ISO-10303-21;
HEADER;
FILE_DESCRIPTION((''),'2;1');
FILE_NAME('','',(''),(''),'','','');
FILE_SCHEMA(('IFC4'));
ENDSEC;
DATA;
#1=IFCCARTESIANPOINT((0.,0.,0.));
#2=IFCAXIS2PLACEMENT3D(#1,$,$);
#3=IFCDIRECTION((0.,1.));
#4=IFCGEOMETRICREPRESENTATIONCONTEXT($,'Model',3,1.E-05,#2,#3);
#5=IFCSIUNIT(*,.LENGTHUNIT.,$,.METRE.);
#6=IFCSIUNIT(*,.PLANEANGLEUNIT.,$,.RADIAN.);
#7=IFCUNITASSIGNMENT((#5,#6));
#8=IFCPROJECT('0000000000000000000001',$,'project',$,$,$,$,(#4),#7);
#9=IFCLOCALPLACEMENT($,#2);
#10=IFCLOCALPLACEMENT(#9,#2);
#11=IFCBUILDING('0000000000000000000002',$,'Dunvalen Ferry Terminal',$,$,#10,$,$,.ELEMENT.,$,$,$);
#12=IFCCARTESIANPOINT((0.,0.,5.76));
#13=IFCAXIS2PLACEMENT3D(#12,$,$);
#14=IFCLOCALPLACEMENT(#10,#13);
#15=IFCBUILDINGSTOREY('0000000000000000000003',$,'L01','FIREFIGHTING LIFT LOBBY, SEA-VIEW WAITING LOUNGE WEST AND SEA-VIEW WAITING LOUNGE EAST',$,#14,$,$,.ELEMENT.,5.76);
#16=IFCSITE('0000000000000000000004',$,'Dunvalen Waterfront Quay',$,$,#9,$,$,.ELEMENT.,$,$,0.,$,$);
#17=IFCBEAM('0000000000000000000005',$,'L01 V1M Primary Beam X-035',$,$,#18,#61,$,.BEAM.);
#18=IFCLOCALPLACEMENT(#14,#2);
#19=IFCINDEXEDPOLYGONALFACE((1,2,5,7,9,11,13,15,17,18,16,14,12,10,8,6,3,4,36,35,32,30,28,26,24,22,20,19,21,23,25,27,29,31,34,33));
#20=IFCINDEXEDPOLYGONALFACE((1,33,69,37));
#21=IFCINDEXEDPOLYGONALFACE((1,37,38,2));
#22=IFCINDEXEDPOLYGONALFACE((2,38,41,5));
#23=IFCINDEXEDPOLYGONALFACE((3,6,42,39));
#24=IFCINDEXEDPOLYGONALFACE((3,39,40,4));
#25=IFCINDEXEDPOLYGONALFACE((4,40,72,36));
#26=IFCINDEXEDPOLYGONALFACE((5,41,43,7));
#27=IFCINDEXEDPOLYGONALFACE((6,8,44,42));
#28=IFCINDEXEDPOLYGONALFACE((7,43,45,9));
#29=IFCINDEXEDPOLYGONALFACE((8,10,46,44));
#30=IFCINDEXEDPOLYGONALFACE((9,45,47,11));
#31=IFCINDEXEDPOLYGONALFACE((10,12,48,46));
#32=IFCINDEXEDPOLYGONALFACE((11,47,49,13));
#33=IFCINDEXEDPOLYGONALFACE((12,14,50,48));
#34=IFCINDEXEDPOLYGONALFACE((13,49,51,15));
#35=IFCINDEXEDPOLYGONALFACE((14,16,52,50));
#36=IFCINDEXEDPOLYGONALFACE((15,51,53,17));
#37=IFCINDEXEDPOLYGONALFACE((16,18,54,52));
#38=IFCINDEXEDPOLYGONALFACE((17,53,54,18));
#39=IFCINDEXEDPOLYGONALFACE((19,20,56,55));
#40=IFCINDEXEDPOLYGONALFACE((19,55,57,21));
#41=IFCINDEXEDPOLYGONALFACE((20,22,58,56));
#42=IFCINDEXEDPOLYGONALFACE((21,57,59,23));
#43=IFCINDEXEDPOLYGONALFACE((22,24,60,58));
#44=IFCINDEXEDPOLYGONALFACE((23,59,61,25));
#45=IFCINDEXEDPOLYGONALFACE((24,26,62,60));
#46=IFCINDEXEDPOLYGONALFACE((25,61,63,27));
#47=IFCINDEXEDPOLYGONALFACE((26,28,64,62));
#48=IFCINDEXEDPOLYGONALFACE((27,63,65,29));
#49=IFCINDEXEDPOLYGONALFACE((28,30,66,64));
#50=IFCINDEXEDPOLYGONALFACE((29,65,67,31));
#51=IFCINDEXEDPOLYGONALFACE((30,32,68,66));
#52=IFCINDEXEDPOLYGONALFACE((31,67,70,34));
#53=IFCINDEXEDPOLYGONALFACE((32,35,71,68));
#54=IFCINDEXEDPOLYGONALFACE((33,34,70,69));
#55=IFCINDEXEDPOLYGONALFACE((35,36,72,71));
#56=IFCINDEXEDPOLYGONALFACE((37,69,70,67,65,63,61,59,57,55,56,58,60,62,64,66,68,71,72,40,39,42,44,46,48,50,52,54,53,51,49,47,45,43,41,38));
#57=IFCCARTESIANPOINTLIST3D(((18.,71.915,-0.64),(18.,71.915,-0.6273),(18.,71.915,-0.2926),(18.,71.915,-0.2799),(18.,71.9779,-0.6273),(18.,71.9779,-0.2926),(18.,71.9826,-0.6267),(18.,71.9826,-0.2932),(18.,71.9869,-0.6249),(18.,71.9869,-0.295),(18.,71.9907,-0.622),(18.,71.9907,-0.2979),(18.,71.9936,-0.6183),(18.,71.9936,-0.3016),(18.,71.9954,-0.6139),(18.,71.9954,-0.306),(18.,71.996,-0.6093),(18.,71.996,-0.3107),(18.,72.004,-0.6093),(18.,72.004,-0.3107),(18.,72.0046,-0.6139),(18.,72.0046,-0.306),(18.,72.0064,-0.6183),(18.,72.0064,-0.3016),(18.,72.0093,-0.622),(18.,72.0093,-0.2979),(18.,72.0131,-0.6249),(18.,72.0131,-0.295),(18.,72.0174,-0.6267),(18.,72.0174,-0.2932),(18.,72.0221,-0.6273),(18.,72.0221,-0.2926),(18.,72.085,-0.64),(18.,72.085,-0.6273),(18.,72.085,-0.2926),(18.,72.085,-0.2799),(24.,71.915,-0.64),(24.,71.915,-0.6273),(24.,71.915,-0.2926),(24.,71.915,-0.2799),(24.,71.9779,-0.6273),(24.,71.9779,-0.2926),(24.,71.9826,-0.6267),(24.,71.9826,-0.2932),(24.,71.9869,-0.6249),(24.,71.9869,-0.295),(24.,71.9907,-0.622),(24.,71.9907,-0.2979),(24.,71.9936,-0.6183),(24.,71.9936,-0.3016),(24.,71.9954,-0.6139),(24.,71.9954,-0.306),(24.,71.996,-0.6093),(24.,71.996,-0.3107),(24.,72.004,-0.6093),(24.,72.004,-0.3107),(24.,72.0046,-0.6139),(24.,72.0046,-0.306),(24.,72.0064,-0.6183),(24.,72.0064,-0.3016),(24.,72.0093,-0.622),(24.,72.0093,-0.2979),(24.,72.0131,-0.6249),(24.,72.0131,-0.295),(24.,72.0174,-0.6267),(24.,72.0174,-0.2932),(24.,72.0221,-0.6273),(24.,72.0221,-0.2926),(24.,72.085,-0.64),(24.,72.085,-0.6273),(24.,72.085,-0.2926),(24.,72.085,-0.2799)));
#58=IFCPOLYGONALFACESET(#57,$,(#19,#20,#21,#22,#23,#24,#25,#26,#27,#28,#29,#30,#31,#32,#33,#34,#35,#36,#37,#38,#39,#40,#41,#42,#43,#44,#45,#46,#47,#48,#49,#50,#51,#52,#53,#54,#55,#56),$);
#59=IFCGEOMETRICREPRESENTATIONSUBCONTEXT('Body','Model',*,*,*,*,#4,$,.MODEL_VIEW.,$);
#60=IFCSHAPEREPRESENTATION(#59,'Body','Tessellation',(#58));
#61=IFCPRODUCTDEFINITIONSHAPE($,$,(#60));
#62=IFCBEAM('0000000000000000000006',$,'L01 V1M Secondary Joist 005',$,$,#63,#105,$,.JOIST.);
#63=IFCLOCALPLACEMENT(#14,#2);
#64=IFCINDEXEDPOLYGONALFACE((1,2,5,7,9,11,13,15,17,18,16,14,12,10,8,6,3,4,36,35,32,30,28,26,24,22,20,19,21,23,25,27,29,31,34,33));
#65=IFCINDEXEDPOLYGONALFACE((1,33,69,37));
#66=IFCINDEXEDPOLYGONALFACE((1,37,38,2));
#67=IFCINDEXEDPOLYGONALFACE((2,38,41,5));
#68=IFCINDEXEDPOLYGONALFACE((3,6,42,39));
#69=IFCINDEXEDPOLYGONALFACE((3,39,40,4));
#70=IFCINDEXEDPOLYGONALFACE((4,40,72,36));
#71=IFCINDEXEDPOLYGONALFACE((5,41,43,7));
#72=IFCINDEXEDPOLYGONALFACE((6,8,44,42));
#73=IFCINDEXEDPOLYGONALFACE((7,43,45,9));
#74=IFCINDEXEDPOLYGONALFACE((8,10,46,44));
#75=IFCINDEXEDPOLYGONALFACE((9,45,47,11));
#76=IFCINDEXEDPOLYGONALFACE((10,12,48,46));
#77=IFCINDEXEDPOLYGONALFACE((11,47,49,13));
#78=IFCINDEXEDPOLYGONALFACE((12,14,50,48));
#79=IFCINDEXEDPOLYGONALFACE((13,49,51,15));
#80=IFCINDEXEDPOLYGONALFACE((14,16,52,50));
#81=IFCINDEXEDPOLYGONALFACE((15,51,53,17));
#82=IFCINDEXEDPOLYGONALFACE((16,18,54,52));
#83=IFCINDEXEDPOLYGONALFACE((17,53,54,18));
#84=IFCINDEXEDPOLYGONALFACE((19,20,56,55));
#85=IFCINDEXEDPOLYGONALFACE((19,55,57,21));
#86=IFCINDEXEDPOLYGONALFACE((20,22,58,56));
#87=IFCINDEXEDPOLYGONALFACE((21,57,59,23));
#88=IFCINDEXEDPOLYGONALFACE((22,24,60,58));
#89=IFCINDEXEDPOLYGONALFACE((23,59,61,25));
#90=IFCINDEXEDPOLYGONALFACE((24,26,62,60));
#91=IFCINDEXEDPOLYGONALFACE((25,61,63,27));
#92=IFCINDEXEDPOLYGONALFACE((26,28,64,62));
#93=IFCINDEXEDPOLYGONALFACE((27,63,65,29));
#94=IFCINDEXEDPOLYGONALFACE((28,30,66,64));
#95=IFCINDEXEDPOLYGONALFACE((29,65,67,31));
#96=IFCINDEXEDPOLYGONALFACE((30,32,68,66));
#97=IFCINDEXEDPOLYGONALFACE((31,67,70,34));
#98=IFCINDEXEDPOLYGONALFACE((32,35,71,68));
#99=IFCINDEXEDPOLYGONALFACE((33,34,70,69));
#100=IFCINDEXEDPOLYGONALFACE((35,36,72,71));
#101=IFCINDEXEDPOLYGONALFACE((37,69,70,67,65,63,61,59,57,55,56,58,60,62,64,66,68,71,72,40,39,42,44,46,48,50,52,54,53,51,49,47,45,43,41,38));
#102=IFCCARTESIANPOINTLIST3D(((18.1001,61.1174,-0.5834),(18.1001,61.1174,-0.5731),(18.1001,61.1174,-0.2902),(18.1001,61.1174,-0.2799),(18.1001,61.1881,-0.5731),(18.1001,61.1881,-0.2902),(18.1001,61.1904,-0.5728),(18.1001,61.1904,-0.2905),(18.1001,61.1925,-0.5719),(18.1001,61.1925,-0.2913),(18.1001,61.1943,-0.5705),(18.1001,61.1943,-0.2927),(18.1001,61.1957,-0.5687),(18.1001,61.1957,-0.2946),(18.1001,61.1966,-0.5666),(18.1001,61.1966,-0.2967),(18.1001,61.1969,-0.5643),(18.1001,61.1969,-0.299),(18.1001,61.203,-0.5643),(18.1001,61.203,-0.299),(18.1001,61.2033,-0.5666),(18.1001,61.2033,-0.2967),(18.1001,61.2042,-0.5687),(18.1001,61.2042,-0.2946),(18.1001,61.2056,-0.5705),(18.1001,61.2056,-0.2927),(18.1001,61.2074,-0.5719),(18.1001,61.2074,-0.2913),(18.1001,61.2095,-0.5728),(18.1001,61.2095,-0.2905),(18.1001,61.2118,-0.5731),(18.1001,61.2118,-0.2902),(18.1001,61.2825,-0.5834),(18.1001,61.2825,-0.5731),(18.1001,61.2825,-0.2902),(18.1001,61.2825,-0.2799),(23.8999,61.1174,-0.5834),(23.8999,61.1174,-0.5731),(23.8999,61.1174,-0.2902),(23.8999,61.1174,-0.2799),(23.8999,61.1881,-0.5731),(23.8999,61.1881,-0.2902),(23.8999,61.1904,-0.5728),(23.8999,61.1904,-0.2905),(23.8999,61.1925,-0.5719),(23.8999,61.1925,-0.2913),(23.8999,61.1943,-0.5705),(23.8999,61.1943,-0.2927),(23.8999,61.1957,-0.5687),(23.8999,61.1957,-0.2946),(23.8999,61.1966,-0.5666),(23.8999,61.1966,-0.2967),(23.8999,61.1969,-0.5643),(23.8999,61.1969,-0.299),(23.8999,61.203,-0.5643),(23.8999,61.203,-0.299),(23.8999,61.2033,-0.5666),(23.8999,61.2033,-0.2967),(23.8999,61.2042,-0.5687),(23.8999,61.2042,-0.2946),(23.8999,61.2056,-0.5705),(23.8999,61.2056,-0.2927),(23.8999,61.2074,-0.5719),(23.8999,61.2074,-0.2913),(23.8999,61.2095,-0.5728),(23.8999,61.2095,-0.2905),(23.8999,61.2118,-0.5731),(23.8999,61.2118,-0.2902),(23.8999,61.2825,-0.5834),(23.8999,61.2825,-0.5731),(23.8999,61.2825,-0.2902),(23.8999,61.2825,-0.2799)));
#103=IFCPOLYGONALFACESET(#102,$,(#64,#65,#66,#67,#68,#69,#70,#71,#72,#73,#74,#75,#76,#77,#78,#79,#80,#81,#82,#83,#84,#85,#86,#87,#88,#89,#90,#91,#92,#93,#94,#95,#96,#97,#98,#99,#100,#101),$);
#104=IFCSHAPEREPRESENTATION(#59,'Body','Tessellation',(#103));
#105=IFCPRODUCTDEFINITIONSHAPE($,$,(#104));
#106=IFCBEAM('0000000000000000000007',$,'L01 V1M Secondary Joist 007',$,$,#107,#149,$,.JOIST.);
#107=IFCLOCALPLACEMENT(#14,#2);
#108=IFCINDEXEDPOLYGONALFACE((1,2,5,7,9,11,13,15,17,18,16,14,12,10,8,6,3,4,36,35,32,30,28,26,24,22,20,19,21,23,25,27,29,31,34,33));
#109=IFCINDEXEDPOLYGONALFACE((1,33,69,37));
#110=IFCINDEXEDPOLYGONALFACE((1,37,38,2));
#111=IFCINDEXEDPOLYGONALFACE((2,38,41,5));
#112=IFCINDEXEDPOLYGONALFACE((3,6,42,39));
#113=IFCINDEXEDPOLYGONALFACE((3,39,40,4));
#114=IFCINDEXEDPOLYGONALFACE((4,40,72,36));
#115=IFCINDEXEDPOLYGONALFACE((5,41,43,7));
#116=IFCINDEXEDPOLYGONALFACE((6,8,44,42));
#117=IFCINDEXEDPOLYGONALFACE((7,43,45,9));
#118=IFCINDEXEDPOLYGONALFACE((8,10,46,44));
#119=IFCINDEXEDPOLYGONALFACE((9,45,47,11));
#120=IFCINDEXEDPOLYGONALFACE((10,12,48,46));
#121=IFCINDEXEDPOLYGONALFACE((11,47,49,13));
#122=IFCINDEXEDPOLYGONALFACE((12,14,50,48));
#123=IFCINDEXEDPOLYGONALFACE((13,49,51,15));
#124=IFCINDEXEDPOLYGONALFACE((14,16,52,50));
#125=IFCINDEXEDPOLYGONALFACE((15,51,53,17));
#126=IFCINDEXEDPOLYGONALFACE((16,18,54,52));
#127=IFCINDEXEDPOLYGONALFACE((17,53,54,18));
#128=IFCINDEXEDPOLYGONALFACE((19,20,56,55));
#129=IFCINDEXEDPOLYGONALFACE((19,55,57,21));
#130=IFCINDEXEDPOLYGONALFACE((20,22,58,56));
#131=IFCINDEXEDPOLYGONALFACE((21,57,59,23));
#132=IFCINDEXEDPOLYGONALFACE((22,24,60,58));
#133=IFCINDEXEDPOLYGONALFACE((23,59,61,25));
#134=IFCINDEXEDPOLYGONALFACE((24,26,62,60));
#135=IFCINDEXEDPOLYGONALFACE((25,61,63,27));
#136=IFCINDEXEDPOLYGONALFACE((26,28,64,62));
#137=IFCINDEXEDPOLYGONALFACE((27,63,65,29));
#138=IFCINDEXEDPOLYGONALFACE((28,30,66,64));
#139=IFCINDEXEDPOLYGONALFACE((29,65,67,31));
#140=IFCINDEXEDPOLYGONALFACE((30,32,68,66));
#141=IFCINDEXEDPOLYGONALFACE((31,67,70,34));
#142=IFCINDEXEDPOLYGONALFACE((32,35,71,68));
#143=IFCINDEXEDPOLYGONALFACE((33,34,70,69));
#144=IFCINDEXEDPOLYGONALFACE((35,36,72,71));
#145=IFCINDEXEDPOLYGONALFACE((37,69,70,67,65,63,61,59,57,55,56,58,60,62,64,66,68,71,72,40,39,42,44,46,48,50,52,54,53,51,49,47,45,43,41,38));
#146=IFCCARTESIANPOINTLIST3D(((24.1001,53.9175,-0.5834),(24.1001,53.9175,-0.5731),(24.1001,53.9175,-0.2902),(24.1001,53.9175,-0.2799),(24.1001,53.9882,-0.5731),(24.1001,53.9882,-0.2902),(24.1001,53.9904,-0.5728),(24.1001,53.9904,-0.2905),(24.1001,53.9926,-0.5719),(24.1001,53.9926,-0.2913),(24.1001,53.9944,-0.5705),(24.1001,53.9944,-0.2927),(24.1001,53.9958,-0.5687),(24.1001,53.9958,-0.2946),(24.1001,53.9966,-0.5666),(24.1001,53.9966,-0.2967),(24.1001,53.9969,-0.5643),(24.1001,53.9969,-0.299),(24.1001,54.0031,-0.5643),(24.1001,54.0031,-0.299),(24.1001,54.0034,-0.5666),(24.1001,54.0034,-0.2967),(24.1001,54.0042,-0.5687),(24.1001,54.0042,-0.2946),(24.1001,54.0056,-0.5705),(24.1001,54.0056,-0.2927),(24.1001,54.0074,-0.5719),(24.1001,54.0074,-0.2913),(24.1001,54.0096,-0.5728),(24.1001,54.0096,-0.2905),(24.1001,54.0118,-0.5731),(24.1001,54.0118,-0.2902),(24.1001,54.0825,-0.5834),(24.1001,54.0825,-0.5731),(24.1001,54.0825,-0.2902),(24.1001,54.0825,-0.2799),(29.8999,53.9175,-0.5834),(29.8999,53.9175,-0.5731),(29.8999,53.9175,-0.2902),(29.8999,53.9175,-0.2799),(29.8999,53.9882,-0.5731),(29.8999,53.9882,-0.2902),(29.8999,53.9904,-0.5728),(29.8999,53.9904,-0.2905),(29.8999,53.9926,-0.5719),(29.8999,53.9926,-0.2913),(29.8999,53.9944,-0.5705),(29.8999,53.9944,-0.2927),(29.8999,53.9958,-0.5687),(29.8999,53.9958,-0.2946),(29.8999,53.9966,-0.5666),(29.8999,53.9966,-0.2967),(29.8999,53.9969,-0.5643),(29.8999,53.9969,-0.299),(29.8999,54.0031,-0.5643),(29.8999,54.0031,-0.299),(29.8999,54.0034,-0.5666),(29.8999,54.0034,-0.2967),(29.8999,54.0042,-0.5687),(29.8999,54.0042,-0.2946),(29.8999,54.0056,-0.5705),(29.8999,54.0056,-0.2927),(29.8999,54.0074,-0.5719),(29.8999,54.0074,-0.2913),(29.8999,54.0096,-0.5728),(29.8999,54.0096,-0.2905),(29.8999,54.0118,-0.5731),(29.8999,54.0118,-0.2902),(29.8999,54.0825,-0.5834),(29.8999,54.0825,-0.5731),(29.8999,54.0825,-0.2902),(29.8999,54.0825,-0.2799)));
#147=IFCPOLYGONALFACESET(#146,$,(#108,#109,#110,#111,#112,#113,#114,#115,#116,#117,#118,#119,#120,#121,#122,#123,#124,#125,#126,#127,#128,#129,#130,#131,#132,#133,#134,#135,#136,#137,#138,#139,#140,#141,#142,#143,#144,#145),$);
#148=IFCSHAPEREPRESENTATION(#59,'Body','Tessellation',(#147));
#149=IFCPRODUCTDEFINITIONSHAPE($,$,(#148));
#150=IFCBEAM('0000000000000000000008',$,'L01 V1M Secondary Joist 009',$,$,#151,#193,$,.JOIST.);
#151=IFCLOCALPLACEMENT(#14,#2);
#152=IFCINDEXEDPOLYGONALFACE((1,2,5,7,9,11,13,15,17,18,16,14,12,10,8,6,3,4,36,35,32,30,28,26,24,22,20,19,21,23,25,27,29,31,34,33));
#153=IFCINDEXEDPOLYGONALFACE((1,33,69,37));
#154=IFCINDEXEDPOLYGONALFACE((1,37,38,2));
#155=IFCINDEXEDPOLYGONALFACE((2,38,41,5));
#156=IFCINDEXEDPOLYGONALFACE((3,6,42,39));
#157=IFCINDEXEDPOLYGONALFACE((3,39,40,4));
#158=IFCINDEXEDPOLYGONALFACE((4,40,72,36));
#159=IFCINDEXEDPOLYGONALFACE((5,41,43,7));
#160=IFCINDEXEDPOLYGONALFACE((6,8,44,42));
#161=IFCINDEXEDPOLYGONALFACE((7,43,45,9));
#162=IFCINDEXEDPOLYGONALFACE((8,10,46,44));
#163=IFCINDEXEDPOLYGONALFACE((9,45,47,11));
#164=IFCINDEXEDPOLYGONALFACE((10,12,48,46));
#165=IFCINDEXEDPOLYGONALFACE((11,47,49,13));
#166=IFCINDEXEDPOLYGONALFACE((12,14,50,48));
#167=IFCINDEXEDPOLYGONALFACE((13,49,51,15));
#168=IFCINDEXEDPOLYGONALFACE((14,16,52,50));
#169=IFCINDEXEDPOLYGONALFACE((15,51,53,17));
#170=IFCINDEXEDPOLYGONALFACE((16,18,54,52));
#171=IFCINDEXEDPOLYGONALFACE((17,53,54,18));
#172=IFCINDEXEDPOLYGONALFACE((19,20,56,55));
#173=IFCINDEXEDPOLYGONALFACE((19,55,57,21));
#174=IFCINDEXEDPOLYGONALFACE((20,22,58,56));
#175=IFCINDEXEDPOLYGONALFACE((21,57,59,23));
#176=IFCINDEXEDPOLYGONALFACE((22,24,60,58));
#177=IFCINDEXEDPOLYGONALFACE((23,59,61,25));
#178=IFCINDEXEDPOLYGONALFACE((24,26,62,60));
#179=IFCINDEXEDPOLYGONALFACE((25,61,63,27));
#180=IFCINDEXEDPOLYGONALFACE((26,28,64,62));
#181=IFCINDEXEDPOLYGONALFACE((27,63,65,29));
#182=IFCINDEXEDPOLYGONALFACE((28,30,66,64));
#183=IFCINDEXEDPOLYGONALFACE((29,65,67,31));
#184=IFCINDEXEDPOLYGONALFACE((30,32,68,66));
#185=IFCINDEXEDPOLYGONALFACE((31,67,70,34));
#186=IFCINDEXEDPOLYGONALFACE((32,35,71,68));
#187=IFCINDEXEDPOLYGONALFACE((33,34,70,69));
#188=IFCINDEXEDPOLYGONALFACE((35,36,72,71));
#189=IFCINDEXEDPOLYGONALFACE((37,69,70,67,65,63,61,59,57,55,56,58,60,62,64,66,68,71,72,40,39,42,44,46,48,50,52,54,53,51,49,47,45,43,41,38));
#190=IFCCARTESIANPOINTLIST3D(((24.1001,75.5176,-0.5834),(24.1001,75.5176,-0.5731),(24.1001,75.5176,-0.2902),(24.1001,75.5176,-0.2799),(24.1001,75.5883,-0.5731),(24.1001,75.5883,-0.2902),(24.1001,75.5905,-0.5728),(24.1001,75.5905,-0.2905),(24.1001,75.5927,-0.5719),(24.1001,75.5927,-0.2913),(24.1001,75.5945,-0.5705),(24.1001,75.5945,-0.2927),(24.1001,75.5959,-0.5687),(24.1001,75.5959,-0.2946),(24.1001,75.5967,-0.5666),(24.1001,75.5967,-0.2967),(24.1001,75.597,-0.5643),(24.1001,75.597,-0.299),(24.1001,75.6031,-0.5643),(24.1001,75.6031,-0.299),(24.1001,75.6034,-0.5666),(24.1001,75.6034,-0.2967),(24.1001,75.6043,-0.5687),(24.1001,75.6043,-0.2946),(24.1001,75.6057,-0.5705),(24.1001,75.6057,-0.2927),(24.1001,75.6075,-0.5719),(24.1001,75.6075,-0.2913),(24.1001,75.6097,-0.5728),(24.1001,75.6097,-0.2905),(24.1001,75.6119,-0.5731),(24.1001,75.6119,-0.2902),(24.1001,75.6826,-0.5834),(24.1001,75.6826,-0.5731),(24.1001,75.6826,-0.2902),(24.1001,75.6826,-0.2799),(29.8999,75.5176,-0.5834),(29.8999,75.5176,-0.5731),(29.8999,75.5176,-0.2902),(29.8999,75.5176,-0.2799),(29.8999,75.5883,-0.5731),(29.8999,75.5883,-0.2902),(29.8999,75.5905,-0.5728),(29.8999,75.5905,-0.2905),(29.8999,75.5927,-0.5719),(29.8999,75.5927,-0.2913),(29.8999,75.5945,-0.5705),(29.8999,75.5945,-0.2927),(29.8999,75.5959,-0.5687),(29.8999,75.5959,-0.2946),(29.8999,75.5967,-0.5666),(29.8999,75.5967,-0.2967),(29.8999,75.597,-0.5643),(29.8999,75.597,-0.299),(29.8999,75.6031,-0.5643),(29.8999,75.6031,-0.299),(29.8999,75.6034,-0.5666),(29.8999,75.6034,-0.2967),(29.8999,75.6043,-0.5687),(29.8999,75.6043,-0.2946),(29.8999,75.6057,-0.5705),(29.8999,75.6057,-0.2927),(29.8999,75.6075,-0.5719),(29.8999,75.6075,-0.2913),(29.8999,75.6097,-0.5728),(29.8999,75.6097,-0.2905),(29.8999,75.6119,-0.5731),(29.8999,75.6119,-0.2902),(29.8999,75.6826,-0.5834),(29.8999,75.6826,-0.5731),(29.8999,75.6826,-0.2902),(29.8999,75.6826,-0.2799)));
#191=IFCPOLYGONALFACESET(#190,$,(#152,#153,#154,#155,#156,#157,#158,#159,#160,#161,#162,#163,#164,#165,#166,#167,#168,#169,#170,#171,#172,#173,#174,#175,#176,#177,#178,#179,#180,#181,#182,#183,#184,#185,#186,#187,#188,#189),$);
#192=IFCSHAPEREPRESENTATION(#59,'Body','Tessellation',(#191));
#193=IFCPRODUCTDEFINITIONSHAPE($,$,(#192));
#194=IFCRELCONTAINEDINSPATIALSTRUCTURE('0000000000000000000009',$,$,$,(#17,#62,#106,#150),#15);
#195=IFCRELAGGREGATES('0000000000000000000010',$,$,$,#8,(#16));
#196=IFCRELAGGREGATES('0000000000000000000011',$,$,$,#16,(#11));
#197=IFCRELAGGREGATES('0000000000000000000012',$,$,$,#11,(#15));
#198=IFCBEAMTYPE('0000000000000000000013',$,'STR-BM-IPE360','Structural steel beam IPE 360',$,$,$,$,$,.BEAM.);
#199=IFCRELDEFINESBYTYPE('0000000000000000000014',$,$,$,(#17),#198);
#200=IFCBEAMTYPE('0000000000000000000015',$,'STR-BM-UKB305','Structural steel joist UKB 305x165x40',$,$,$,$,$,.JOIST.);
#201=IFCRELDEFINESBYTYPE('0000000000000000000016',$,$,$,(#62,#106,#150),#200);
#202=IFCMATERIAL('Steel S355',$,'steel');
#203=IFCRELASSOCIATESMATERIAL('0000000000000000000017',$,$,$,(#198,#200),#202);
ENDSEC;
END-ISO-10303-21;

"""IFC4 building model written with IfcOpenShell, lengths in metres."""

from ifc_helpers import new_model, si_unit, direction, frame, origin, origin_2d, place, context, subcontext, project, spatial, i_section, extrude, material, material_profile, profile_set, type_object, element, save


model = new_model("IFC4")

# Units and contexts
model_context = context("Model", 3, precision=1e-05, world=origin(), true_north=direction((0.0, 1.0)))
body_context = subcontext(model_context, "Body", "Model", "MODEL_VIEW")
ifc_project = project(units=[si_unit("LENGTHUNIT", "METRE"), si_unit("PLANEANGLEUNIT", "RADIAN")], contexts=[model_context])

# Site, building, storey
site_placement = place(None, origin())
site = spatial("IfcSite", under=ifc_project, at=site_placement, Name="Dunvalen Waterfront Quay", CompositionType="ELEMENT", RefElevation=0.0)
building_placement = place(site_placement, origin())
building = spatial("IfcBuilding", under=site, at=building_placement, Name="Dunvalen Ferry Terminal", CompositionType="ELEMENT")
storey_placement = place(building_placement, frame((0.0, 0.0, 5.76)))
storey = spatial("IfcBuildingStorey", under=building, at=storey_placement, Name="L01", Description="FIREFIGHTING LIFT LOBBY, SEA-VIEW WAITING LOUNGE WEST AND SEA-VIEW WAITING LOUNGE EAST", CompositionType="ELEMENT", Elevation=5.76)

# Beams
ifc_material_1 = material(Name="Steel S355", Category="steel")
ifc_material_profile_1 = material_profile(ifc_material_1, i_section(OverallWidth=0.1699, OverallDepth=0.3601, WebThickness=0.0081, FlangeThickness=0.0127, FilletRadius=0.0181, at=origin_2d()), Name="Steel S355")
ifc_profile_set_1 = profile_set([ifc_material_profile_1], Name="Steel S355")
beam_type_1 = type_object("IfcBeamType", Name="STR-BM-IPE360", Description="Structural steel beam IPE 360", PredefinedType="BEAM", material=ifc_profile_set_1)
for number, where, z_axis, x_axis, name in (
    (1, (18.0, 72.0, -0.46), (1.0, 0.0, 0.0), (0.0, 1.0, 0.0), "L01 V1M Primary Beam X-035"),
):
    element("IfcBeam", number, at=place(storey_placement, frame(where, z_axis=z_axis, x_axis=x_axis)), inside=storey, type_object=beam_type_1, Name=name, PredefinedType="BEAM", context=body_context, shape_type="SweptSolid", body=[
        extrude(i_section(OverallWidth=0.1699, OverallDepth=0.3601, WebThickness=0.0081, FlangeThickness=0.0127, FilletRadius=0.0181, at=origin_2d()), origin(), (0.0, 0.0, 1.0), 6.0),
    ])
ifc_material_profile_2 = material_profile(ifc_material_1, i_section(OverallWidth=0.165, OverallDepth=0.3035, WebThickness=0.0061, FlangeThickness=0.0103, FilletRadius=0.0088, at=origin_2d()), Name="Steel S355")
ifc_profile_set_2 = profile_set([ifc_material_profile_2], Name="Steel S355")
beam_type_2 = type_object("IfcBeamType", Name="STR-BM-UKB305", Description="Structural steel joist UKB 305x165x40", PredefinedType="JOIST", material=ifc_profile_set_2)
for number, where, z_axis, x_axis, name in (
    (2, (18.1001, 61.2, -0.4316), (1.0, 0.0, 0.0), (0.0, 1.0, 0.0), "L01 V1M Secondary Joist 005"),
    (3, (24.1001, 54.0, -0.4316), (1.0, 0.0, 0.0), (0.0, 1.0, 0.0), "L01 V1M Secondary Joist 007"),
    (4, (24.1001, 75.6001, -0.4316), (1.0, 0.0, 0.0), (0.0, 1.0, 0.0), "L01 V1M Secondary Joist 009"),
):
    element("IfcBeam", number, at=place(storey_placement, frame(where, z_axis=z_axis, x_axis=x_axis)), inside=storey, type_object=beam_type_2, Name=name, PredefinedType="JOIST", context=body_context, shape_type="SweptSolid", body=[
        extrude(i_section(OverallWidth=0.165, OverallDepth=0.3035, WebThickness=0.0061, FlangeThickness=0.0103, FilletRadius=0.0088, at=origin_2d()), origin(), (0.0, 0.0, 1.0), 5.7998),
    ])

save(model, "model.ifc")
